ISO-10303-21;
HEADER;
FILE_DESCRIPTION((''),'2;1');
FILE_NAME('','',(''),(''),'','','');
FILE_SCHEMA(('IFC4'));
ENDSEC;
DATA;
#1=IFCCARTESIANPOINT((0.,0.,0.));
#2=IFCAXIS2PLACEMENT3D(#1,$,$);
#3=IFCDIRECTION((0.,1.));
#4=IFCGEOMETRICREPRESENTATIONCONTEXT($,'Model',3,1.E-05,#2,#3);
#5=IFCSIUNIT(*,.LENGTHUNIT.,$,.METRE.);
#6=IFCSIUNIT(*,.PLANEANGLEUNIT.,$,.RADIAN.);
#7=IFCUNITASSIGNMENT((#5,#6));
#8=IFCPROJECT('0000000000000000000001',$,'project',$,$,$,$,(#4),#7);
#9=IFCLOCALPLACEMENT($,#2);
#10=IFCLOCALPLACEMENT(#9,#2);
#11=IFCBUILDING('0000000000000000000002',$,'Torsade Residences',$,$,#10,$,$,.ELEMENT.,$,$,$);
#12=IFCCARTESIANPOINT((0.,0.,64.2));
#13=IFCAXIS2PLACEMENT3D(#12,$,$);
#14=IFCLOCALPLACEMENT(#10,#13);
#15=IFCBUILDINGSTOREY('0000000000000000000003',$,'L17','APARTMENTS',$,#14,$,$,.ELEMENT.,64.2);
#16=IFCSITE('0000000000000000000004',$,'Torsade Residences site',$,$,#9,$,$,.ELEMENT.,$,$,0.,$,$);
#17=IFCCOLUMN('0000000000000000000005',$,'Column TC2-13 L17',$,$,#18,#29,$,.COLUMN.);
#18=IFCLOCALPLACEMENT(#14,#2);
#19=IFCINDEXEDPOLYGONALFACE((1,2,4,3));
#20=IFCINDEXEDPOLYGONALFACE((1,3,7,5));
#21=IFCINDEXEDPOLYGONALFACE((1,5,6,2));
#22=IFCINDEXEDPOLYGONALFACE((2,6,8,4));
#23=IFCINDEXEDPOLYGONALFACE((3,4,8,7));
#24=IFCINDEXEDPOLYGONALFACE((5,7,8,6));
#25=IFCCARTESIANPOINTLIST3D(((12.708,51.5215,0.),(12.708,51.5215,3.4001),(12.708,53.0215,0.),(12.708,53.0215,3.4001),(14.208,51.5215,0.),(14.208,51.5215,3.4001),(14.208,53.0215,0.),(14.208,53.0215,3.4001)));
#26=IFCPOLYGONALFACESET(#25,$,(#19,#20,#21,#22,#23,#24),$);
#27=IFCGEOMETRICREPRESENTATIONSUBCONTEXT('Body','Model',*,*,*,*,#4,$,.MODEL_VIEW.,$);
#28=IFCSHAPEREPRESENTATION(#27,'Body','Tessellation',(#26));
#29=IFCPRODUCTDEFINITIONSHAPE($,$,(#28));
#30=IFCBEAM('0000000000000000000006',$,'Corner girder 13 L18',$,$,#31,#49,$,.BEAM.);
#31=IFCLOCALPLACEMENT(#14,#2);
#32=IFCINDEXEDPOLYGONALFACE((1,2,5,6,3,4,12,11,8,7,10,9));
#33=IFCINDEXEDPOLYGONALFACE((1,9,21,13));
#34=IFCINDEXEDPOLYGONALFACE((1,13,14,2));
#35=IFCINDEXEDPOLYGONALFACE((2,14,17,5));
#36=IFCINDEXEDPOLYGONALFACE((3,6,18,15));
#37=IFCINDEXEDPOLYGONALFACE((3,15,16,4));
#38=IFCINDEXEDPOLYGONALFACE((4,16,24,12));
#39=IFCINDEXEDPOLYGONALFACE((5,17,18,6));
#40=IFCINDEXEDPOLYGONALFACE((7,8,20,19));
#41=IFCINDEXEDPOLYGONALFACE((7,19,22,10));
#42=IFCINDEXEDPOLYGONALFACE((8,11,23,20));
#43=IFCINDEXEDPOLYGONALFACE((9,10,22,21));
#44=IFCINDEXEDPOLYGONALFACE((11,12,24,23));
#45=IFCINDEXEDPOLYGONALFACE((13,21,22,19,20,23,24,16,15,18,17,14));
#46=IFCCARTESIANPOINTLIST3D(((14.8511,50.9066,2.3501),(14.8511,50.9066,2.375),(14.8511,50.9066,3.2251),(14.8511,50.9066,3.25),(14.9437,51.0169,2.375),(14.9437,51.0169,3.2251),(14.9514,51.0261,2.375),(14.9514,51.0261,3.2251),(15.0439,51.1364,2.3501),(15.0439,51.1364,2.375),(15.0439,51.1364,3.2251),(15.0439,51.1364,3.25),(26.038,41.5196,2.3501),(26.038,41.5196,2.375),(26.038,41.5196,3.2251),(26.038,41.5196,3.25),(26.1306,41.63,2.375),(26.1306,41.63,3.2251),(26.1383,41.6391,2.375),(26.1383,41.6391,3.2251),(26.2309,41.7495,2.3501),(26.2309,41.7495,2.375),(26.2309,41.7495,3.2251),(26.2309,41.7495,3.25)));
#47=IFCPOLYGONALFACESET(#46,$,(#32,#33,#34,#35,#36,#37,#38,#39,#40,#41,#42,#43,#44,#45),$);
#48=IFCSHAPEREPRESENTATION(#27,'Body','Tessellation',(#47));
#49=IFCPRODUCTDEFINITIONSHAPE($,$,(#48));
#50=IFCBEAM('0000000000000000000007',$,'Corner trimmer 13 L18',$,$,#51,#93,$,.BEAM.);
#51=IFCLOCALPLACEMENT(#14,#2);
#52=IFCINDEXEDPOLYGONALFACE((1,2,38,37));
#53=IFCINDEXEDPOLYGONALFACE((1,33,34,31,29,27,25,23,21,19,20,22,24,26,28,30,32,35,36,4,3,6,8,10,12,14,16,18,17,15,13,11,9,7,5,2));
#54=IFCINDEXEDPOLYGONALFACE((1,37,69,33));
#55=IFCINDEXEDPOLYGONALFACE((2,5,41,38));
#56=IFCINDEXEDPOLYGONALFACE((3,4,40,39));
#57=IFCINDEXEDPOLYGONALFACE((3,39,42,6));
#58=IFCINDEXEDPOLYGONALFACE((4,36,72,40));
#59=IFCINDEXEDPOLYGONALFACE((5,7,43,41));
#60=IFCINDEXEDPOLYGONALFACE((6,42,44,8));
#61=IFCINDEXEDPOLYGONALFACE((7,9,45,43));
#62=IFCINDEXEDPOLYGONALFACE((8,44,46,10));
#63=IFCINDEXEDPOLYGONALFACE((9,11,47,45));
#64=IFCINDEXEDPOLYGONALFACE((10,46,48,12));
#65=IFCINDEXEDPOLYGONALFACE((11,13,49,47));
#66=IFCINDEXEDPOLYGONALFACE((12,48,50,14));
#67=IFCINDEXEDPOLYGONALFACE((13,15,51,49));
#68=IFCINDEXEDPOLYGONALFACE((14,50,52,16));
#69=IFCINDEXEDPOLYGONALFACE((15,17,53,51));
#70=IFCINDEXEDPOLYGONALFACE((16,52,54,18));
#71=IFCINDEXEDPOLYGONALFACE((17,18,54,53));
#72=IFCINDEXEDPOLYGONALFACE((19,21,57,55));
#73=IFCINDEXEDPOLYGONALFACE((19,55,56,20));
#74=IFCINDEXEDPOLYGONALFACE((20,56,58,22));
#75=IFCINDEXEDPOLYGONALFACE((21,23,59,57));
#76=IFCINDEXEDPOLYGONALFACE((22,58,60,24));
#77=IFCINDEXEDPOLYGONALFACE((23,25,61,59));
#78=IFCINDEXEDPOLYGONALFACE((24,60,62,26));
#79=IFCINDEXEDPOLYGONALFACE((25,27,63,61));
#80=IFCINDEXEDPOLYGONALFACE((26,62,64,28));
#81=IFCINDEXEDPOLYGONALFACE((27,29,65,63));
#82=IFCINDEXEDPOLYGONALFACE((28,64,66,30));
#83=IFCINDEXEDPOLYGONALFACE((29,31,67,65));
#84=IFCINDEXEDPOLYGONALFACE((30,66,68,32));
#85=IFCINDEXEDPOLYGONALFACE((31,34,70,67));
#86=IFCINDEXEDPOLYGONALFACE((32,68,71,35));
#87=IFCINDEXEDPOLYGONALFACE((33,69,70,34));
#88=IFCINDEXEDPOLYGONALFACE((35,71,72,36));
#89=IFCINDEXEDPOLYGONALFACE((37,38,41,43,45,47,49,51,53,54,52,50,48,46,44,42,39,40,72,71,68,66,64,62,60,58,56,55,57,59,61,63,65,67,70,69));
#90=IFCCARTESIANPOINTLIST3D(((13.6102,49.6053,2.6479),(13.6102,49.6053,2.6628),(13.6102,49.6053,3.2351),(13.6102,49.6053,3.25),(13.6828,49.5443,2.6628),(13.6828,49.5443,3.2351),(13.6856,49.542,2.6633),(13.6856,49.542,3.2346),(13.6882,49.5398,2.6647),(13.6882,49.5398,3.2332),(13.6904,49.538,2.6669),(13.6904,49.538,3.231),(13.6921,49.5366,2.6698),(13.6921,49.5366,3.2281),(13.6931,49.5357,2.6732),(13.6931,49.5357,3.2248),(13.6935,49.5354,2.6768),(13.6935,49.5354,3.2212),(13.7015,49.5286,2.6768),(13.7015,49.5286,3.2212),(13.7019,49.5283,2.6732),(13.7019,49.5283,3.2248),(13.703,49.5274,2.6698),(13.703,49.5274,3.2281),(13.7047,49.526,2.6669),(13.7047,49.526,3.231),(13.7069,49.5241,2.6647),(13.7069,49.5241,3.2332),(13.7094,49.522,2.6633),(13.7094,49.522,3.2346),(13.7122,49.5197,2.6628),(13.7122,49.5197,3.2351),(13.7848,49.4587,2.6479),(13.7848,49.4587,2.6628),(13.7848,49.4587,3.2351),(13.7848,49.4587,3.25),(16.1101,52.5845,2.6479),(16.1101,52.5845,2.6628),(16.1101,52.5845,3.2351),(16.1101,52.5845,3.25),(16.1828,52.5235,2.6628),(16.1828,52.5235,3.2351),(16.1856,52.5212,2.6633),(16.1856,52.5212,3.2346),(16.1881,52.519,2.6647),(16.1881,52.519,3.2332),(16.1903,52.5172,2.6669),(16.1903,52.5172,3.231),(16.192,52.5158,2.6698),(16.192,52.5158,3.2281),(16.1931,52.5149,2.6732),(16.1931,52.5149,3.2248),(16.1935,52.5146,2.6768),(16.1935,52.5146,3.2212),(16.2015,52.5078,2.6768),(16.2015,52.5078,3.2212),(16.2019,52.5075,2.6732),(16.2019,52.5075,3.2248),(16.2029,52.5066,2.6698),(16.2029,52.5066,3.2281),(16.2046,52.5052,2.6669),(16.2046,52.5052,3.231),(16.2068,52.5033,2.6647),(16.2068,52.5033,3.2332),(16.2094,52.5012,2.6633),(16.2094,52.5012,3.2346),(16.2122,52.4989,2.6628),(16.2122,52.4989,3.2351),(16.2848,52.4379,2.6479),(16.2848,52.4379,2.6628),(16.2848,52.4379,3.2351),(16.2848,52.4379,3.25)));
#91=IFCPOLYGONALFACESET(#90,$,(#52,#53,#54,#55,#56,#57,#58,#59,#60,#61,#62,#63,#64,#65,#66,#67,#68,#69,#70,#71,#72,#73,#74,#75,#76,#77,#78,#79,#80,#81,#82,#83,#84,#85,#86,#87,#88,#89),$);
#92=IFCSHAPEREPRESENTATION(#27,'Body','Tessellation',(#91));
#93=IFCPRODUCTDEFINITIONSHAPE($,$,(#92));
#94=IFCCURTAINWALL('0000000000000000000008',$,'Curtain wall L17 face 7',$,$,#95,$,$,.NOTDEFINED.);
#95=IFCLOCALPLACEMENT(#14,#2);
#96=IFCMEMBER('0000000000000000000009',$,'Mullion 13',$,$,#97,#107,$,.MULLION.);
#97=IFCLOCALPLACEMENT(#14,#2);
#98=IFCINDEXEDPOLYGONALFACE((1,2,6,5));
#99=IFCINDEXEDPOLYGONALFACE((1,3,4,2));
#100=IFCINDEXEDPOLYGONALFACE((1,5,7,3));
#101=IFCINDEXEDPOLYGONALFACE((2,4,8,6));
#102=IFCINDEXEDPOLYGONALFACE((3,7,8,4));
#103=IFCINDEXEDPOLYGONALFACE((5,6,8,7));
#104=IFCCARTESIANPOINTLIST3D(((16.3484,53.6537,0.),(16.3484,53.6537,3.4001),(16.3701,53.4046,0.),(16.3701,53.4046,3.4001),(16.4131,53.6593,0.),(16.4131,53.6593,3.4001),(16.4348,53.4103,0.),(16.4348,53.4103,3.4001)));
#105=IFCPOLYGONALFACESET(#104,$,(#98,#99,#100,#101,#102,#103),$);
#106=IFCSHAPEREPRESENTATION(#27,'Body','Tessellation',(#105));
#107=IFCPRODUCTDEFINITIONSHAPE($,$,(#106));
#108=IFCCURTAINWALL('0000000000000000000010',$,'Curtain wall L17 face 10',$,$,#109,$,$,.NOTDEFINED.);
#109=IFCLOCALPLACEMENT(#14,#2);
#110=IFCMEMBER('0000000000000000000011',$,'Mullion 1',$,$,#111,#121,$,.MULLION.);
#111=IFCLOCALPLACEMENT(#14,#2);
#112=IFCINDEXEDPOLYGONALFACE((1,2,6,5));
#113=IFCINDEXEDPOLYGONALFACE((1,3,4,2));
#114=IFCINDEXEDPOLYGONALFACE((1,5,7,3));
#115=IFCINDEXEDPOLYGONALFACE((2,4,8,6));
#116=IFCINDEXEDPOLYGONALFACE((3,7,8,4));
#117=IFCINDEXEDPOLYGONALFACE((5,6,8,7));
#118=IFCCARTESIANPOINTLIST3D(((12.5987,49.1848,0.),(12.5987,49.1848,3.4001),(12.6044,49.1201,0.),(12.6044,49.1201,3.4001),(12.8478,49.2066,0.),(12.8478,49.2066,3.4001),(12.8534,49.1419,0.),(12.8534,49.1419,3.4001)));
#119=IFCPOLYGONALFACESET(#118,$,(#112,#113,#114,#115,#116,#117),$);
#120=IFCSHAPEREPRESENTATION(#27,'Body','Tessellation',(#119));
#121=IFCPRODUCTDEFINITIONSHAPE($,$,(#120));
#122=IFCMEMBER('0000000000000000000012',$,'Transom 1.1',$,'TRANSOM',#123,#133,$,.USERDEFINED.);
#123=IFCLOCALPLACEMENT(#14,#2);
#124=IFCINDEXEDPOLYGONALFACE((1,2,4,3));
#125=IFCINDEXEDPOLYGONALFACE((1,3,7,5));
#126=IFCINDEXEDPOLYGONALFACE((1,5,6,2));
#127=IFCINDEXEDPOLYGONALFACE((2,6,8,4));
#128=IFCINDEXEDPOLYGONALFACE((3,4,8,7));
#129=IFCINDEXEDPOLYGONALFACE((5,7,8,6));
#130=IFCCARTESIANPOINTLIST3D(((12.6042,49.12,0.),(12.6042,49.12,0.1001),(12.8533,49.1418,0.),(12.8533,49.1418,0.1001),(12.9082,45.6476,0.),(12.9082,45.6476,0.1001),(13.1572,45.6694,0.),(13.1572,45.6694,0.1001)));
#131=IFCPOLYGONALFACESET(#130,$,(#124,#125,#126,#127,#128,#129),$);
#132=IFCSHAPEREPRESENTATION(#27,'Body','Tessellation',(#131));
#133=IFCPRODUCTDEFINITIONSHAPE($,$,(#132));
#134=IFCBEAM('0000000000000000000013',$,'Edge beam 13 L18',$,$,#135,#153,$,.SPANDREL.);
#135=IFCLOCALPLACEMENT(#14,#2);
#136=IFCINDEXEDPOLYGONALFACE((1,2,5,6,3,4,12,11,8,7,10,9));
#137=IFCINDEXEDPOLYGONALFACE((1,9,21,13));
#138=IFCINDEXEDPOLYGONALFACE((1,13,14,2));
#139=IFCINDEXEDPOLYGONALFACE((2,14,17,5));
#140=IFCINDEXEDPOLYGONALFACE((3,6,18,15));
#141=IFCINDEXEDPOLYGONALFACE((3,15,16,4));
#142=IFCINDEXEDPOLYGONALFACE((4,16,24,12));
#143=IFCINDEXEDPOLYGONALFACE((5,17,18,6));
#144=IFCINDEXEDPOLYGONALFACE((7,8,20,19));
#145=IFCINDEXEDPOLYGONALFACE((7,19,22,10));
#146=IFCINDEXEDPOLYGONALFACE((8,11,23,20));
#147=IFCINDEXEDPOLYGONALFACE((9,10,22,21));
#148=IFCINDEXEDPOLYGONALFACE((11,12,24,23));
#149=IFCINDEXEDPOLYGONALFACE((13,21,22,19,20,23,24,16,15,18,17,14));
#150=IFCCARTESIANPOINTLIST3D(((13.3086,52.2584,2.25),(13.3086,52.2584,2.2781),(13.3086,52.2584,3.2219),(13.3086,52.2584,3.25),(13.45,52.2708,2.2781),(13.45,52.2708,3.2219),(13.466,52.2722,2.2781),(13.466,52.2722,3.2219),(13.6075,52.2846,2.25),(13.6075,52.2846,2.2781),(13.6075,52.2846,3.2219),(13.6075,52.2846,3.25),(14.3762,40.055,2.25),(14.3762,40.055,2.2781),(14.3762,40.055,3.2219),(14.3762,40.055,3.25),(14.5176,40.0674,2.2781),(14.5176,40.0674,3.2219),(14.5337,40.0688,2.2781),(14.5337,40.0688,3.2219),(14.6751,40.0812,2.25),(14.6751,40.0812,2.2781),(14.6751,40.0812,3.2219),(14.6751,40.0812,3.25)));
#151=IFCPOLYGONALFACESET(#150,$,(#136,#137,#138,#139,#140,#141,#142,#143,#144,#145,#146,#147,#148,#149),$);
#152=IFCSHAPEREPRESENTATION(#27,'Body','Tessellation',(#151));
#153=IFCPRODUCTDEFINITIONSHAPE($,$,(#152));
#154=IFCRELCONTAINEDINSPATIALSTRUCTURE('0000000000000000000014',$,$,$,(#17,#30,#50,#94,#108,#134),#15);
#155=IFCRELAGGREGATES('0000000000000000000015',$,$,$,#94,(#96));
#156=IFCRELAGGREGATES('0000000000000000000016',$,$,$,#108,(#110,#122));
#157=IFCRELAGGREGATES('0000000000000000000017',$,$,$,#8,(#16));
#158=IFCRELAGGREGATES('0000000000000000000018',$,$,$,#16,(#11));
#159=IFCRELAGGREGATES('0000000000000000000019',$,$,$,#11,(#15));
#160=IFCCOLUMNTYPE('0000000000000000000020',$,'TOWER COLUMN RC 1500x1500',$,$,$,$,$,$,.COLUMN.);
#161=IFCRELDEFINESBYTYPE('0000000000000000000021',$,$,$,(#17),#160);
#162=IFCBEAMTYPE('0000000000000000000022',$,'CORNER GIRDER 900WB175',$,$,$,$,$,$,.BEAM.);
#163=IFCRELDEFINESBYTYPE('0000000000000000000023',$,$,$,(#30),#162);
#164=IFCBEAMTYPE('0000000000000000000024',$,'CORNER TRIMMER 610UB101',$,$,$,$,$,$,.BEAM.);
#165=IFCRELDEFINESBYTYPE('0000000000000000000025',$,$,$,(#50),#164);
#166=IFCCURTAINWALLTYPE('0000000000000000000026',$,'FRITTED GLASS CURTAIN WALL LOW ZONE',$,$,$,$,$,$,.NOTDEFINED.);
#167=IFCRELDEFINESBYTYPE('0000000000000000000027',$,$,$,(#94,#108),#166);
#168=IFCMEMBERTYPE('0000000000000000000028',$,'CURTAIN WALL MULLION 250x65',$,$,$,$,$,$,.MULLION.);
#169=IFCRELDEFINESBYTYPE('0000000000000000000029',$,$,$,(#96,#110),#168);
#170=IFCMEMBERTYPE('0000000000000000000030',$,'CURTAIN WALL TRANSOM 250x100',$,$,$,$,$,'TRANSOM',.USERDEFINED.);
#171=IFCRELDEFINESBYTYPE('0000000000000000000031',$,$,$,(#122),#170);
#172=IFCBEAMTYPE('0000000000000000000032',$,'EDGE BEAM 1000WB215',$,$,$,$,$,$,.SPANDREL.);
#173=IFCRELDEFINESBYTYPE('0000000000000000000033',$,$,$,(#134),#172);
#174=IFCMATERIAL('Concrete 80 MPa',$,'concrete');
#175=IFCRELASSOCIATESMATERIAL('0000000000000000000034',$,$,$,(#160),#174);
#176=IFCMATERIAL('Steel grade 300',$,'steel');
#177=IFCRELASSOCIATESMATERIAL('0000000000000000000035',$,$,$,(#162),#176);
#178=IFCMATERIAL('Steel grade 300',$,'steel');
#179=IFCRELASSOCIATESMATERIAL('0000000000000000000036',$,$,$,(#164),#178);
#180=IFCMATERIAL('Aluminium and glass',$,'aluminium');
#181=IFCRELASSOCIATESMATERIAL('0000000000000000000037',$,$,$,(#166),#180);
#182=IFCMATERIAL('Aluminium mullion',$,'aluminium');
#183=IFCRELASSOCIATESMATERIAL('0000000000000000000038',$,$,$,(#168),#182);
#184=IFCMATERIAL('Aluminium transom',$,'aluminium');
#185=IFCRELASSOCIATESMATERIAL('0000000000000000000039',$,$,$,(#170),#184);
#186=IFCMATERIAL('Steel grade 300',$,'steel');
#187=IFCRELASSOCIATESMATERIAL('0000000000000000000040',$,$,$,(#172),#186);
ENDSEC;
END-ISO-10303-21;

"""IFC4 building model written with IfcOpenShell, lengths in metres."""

from ifc_helpers import new_model, si_unit, direction, frame, origin, origin_2d, place, context, subcontext, project, spatial, rectangle, i_section, extrude, material, material_profile, profile_set, type_object, element, aggregate, save


model = new_model("IFC4")

# Units and contexts
model_context = context("Model", 3, precision=1e-05, world=origin(), true_north=direction((0.0, 1.0)))
body_context = subcontext(model_context, "Body", "Model", "MODEL_VIEW")
ifc_project = project(units=[si_unit("LENGTHUNIT", "METRE"), si_unit("PLANEANGLEUNIT", "RADIAN")], contexts=[model_context])

# Site, building, storey
site_placement = place(None, origin())
site = spatial("IfcSite", under=ifc_project, at=site_placement, Name="Torsade Residences site", CompositionType="ELEMENT", RefElevation=0.0)
building_placement = place(site_placement, origin())
building = spatial("IfcBuilding", under=site, at=building_placement, Name="Torsade Residences", CompositionType="ELEMENT")
storey_placement = place(building_placement, frame((0.0, 0.0, 64.2)))
storey = spatial("IfcBuildingStorey", under=building, at=storey_placement, Name="L17", Description="APARTMENTS", CompositionType="ELEMENT", Elevation=64.2)

# Column
ifc_material_1 = material(Name="Concrete 80 MPa", Category="concrete")
ifc_material_profile_1 = material_profile(ifc_material_1, rectangle(XDim=1.5, YDim=1.5, at=origin_2d()), Name="RC 1500x1500")
ifc_profile_set_1 = profile_set([ifc_material_profile_1], Name="Concrete 80 MPa")
column_type = type_object("IfcColumnType", Name="TOWER COLUMN RC 1500x1500", PredefinedType="COLUMN", material=ifc_profile_set_1)
column_placement = place(storey_placement, frame((13.458, 52.2715, 0.0), z_axis=(0.0, 0.0, 1.0), x_axis=(1.0, 0.0, 0.0)))
element("IfcColumn", 1, at=column_placement, inside=storey, type_object=column_type, Name="Column TC2-13 L17", PredefinedType="COLUMN", context=body_context, shape_type="SweptSolid", body=[
    extrude(rectangle(XDim=1.5, YDim=1.5, at=origin_2d()), origin(), (0.0, 0.0, 1.0), 3.4001),
])

# Beams
ifc_material_2 = material(Name="Steel grade 300", Category="steel")
ifc_material_profile_2 = material_profile(ifc_material_2, i_section(OverallWidth=0.3, OverallDepth=0.8999, WebThickness=0.012, FlangeThickness=0.0249, at=origin_2d()), Name="900WB175")
ifc_profile_set_2 = profile_set([ifc_material_profile_2], Name="Steel grade 300")
beam_type_1 = type_object("IfcBeamType", Name="CORNER GIRDER 900WB175", PredefinedType="BEAM", material=ifc_profile_set_2)
beam_1_placement = place(storey_placement, frame((14.9475, 51.0215, 2.8), z_axis=(0.766046, -0.642785, 0.0), x_axis=(0.642785, 0.766046, 0.0)))
element("IfcBeam", 2, at=beam_1_placement, inside=storey, type_object=beam_type_1, Name="Corner girder 13 L18", PredefinedType="BEAM", context=body_context, shape_type="SweptSolid", body=[
    extrude(i_section(OverallWidth=0.3, OverallDepth=0.8999, WebThickness=0.012, FlangeThickness=0.0249, at=origin_2d()), origin(), (0.0, 0.0, 1.0), 14.6035),
])
ifc_material_3 = material(Name="Steel grade 300", Category="steel")
ifc_material_profile_3 = material_profile(ifc_material_3, i_section(OverallWidth=0.228, OverallDepth=0.6021, WebThickness=0.0105, FlangeThickness=0.0149, FilletRadius=0.0139, at=origin_2d()), Name="610UB101")
ifc_profile_set_3 = profile_set([ifc_material_profile_3], Name="Steel grade 300")
beam_type_2 = type_object("IfcBeamType", Name="CORNER TRIMMER 610UB101", PredefinedType="BEAM", material=ifc_profile_set_3)
beam_2_placement = place(storey_placement, frame((13.6975, 49.532, 2.949), z_axis=(0.642805, 0.76603, 0.0), x_axis=(-0.76603, 0.642805, 0.0)))
element("IfcBeam", 3, at=beam_2_placement, inside=storey, type_object=beam_type_2, Name="Corner trimmer 13 L18", PredefinedType="BEAM", context=body_context, shape_type="SweptSolid", body=[
    extrude(i_section(OverallWidth=0.228, OverallDepth=0.6021, WebThickness=0.0105, FlangeThickness=0.0149, FilletRadius=0.0139, at=origin_2d()), origin(), (0.0, 0.0, 1.0), 3.8892),
])

# Curtain wall, member
ifc_material_4 = material(Name="Aluminium and glass", Category="aluminium")
curtain_wall_type = type_object("IfcCurtainWallType", Name="FRITTED GLASS CURTAIN WALL LOW ZONE", PredefinedType="NOTDEFINED", material=ifc_material_4)
curtain_wall_1_placement = place(storey_placement, origin())
curtain_wall_1 = element("IfcCurtainWall", 4, at=curtain_wall_1_placement, inside=storey, type_object=curtain_wall_type, Name="Curtain wall L17 face 7", PredefinedType="NOTDEFINED")
ifc_material_5 = material(Name="Aluminium mullion", Category="aluminium")
ifc_material_profile_4 = material_profile(ifc_material_5, rectangle(XDim=0.25, YDim=0.0649, at=origin_2d()), Name="CURTAIN WALL MULLION 250x65")
ifc_profile_set_4 = profile_set([ifc_material_profile_4], Name="Aluminium mullion")
member_type_1 = type_object("IfcMemberType", Name="CURTAIN WALL MULLION 250x65", PredefinedType="MULLION", material=ifc_profile_set_4)
member_1_placement = place(storey_placement, frame((16.3916, 53.532, 0.0), z_axis=(0.0, 0.0, 1.0), x_axis=(0.087156, -0.996195, 0.0)))
member_1 = element("IfcMember", 5, at=member_1_placement, type_object=member_type_1, Name="Mullion 13", PredefinedType="MULLION", context=body_context, shape_type="SweptSolid", body=[
    extrude(rectangle(XDim=0.25, YDim=0.0649, at=origin_2d()), origin(), (0.0, 0.0, 1.0), 3.4001),
])
aggregate(curtain_wall_1, [member_1])

# Curtain wall, members
curtain_wall_2_placement = place(storey_placement, origin())
curtain_wall_2 = element("IfcCurtainWall", 6, at=curtain_wall_2_placement, inside=storey, type_object=curtain_wall_type, Name="Curtain wall L17 face 10", PredefinedType="NOTDEFINED")
member_2_placement = place(storey_placement, frame((12.7261, 49.1633, 0.0), z_axis=(0.0, 0.0, 1.0), x_axis=(0.996195, 0.087156, 0.0)))
member_2 = element("IfcMember", 7, at=member_2_placement, type_object=member_type_1, Name="Mullion 1", PredefinedType="MULLION", context=body_context, shape_type="SweptSolid", body=[
    extrude(rectangle(XDim=0.25, YDim=0.0649, at=origin_2d()), origin(), (0.0, 0.0, 1.0), 3.4001),
])
ifc_material_6 = material(Name="Aluminium transom", Category="aluminium")
ifc_material_profile_5 = material_profile(ifc_material_6, rectangle(XDim=0.25, YDim=0.1001, at=origin_2d()), Name="CURTAIN WALL TRANSOM 250x100")
ifc_profile_set_5 = profile_set([ifc_material_profile_5], Name="Aluminium transom")
member_type_2 = type_object("IfcMemberType", Name="CURTAIN WALL TRANSOM 250x100", ElementType="TRANSOM", PredefinedType="USERDEFINED", material=ifc_profile_set_5)
member_3_placement = place(storey_placement, frame((12.7288, 49.1309, 0.05), z_axis=(0.087201, -0.996191, 0.0), x_axis=(0.996191, 0.087201, 0.0)))
member_3 = element("IfcMember", 8, at=member_3_placement, type_object=member_type_2, Name="Transom 1.1", ObjectType="TRANSOM", PredefinedType="USERDEFINED", context=body_context, shape_type="SweptSolid", body=[
    extrude(rectangle(XDim=0.25, YDim=0.1001, at=origin_2d()), origin(), (0.0, 0.0, 1.0), 3.4856),
])

# Beam
ifc_material_7 = material(Name="Steel grade 300", Category="steel")
ifc_material_profile_6 = material_profile(ifc_material_7, i_section(OverallWidth=0.3, OverallDepth=1.0, WebThickness=0.0161, FlangeThickness=0.0281, at=origin_2d()), Name="1000WB215")
ifc_profile_set_6 = profile_set([ifc_material_profile_6], Name="Steel grade 300")
beam_type_3 = type_object("IfcBeamType", Name="EDGE BEAM 1000WB215", PredefinedType="SPANDREL", material=ifc_profile_set_6)
beam_3_placement = place(storey_placement, frame((13.458, 52.2715, 2.75), z_axis=(0.087153, -0.996195, 0.0), x_axis=(0.996195, 0.087153, 0.0)))
element("IfcBeam", 9, at=beam_3_placement, inside=storey, type_object=beam_type_3, Name="Edge beam 13 L18", PredefinedType="SPANDREL", context=body_context, shape_type="SweptSolid", body=[
    extrude(i_section(OverallWidth=0.3, OverallDepth=1.0, WebThickness=0.0161, FlangeThickness=0.0281, at=origin_2d()), origin(), (0.0, 0.0, 1.0), 12.25),
])

aggregate(curtain_wall_2, [member_2, member_3])

save(model, "model.ifc")
